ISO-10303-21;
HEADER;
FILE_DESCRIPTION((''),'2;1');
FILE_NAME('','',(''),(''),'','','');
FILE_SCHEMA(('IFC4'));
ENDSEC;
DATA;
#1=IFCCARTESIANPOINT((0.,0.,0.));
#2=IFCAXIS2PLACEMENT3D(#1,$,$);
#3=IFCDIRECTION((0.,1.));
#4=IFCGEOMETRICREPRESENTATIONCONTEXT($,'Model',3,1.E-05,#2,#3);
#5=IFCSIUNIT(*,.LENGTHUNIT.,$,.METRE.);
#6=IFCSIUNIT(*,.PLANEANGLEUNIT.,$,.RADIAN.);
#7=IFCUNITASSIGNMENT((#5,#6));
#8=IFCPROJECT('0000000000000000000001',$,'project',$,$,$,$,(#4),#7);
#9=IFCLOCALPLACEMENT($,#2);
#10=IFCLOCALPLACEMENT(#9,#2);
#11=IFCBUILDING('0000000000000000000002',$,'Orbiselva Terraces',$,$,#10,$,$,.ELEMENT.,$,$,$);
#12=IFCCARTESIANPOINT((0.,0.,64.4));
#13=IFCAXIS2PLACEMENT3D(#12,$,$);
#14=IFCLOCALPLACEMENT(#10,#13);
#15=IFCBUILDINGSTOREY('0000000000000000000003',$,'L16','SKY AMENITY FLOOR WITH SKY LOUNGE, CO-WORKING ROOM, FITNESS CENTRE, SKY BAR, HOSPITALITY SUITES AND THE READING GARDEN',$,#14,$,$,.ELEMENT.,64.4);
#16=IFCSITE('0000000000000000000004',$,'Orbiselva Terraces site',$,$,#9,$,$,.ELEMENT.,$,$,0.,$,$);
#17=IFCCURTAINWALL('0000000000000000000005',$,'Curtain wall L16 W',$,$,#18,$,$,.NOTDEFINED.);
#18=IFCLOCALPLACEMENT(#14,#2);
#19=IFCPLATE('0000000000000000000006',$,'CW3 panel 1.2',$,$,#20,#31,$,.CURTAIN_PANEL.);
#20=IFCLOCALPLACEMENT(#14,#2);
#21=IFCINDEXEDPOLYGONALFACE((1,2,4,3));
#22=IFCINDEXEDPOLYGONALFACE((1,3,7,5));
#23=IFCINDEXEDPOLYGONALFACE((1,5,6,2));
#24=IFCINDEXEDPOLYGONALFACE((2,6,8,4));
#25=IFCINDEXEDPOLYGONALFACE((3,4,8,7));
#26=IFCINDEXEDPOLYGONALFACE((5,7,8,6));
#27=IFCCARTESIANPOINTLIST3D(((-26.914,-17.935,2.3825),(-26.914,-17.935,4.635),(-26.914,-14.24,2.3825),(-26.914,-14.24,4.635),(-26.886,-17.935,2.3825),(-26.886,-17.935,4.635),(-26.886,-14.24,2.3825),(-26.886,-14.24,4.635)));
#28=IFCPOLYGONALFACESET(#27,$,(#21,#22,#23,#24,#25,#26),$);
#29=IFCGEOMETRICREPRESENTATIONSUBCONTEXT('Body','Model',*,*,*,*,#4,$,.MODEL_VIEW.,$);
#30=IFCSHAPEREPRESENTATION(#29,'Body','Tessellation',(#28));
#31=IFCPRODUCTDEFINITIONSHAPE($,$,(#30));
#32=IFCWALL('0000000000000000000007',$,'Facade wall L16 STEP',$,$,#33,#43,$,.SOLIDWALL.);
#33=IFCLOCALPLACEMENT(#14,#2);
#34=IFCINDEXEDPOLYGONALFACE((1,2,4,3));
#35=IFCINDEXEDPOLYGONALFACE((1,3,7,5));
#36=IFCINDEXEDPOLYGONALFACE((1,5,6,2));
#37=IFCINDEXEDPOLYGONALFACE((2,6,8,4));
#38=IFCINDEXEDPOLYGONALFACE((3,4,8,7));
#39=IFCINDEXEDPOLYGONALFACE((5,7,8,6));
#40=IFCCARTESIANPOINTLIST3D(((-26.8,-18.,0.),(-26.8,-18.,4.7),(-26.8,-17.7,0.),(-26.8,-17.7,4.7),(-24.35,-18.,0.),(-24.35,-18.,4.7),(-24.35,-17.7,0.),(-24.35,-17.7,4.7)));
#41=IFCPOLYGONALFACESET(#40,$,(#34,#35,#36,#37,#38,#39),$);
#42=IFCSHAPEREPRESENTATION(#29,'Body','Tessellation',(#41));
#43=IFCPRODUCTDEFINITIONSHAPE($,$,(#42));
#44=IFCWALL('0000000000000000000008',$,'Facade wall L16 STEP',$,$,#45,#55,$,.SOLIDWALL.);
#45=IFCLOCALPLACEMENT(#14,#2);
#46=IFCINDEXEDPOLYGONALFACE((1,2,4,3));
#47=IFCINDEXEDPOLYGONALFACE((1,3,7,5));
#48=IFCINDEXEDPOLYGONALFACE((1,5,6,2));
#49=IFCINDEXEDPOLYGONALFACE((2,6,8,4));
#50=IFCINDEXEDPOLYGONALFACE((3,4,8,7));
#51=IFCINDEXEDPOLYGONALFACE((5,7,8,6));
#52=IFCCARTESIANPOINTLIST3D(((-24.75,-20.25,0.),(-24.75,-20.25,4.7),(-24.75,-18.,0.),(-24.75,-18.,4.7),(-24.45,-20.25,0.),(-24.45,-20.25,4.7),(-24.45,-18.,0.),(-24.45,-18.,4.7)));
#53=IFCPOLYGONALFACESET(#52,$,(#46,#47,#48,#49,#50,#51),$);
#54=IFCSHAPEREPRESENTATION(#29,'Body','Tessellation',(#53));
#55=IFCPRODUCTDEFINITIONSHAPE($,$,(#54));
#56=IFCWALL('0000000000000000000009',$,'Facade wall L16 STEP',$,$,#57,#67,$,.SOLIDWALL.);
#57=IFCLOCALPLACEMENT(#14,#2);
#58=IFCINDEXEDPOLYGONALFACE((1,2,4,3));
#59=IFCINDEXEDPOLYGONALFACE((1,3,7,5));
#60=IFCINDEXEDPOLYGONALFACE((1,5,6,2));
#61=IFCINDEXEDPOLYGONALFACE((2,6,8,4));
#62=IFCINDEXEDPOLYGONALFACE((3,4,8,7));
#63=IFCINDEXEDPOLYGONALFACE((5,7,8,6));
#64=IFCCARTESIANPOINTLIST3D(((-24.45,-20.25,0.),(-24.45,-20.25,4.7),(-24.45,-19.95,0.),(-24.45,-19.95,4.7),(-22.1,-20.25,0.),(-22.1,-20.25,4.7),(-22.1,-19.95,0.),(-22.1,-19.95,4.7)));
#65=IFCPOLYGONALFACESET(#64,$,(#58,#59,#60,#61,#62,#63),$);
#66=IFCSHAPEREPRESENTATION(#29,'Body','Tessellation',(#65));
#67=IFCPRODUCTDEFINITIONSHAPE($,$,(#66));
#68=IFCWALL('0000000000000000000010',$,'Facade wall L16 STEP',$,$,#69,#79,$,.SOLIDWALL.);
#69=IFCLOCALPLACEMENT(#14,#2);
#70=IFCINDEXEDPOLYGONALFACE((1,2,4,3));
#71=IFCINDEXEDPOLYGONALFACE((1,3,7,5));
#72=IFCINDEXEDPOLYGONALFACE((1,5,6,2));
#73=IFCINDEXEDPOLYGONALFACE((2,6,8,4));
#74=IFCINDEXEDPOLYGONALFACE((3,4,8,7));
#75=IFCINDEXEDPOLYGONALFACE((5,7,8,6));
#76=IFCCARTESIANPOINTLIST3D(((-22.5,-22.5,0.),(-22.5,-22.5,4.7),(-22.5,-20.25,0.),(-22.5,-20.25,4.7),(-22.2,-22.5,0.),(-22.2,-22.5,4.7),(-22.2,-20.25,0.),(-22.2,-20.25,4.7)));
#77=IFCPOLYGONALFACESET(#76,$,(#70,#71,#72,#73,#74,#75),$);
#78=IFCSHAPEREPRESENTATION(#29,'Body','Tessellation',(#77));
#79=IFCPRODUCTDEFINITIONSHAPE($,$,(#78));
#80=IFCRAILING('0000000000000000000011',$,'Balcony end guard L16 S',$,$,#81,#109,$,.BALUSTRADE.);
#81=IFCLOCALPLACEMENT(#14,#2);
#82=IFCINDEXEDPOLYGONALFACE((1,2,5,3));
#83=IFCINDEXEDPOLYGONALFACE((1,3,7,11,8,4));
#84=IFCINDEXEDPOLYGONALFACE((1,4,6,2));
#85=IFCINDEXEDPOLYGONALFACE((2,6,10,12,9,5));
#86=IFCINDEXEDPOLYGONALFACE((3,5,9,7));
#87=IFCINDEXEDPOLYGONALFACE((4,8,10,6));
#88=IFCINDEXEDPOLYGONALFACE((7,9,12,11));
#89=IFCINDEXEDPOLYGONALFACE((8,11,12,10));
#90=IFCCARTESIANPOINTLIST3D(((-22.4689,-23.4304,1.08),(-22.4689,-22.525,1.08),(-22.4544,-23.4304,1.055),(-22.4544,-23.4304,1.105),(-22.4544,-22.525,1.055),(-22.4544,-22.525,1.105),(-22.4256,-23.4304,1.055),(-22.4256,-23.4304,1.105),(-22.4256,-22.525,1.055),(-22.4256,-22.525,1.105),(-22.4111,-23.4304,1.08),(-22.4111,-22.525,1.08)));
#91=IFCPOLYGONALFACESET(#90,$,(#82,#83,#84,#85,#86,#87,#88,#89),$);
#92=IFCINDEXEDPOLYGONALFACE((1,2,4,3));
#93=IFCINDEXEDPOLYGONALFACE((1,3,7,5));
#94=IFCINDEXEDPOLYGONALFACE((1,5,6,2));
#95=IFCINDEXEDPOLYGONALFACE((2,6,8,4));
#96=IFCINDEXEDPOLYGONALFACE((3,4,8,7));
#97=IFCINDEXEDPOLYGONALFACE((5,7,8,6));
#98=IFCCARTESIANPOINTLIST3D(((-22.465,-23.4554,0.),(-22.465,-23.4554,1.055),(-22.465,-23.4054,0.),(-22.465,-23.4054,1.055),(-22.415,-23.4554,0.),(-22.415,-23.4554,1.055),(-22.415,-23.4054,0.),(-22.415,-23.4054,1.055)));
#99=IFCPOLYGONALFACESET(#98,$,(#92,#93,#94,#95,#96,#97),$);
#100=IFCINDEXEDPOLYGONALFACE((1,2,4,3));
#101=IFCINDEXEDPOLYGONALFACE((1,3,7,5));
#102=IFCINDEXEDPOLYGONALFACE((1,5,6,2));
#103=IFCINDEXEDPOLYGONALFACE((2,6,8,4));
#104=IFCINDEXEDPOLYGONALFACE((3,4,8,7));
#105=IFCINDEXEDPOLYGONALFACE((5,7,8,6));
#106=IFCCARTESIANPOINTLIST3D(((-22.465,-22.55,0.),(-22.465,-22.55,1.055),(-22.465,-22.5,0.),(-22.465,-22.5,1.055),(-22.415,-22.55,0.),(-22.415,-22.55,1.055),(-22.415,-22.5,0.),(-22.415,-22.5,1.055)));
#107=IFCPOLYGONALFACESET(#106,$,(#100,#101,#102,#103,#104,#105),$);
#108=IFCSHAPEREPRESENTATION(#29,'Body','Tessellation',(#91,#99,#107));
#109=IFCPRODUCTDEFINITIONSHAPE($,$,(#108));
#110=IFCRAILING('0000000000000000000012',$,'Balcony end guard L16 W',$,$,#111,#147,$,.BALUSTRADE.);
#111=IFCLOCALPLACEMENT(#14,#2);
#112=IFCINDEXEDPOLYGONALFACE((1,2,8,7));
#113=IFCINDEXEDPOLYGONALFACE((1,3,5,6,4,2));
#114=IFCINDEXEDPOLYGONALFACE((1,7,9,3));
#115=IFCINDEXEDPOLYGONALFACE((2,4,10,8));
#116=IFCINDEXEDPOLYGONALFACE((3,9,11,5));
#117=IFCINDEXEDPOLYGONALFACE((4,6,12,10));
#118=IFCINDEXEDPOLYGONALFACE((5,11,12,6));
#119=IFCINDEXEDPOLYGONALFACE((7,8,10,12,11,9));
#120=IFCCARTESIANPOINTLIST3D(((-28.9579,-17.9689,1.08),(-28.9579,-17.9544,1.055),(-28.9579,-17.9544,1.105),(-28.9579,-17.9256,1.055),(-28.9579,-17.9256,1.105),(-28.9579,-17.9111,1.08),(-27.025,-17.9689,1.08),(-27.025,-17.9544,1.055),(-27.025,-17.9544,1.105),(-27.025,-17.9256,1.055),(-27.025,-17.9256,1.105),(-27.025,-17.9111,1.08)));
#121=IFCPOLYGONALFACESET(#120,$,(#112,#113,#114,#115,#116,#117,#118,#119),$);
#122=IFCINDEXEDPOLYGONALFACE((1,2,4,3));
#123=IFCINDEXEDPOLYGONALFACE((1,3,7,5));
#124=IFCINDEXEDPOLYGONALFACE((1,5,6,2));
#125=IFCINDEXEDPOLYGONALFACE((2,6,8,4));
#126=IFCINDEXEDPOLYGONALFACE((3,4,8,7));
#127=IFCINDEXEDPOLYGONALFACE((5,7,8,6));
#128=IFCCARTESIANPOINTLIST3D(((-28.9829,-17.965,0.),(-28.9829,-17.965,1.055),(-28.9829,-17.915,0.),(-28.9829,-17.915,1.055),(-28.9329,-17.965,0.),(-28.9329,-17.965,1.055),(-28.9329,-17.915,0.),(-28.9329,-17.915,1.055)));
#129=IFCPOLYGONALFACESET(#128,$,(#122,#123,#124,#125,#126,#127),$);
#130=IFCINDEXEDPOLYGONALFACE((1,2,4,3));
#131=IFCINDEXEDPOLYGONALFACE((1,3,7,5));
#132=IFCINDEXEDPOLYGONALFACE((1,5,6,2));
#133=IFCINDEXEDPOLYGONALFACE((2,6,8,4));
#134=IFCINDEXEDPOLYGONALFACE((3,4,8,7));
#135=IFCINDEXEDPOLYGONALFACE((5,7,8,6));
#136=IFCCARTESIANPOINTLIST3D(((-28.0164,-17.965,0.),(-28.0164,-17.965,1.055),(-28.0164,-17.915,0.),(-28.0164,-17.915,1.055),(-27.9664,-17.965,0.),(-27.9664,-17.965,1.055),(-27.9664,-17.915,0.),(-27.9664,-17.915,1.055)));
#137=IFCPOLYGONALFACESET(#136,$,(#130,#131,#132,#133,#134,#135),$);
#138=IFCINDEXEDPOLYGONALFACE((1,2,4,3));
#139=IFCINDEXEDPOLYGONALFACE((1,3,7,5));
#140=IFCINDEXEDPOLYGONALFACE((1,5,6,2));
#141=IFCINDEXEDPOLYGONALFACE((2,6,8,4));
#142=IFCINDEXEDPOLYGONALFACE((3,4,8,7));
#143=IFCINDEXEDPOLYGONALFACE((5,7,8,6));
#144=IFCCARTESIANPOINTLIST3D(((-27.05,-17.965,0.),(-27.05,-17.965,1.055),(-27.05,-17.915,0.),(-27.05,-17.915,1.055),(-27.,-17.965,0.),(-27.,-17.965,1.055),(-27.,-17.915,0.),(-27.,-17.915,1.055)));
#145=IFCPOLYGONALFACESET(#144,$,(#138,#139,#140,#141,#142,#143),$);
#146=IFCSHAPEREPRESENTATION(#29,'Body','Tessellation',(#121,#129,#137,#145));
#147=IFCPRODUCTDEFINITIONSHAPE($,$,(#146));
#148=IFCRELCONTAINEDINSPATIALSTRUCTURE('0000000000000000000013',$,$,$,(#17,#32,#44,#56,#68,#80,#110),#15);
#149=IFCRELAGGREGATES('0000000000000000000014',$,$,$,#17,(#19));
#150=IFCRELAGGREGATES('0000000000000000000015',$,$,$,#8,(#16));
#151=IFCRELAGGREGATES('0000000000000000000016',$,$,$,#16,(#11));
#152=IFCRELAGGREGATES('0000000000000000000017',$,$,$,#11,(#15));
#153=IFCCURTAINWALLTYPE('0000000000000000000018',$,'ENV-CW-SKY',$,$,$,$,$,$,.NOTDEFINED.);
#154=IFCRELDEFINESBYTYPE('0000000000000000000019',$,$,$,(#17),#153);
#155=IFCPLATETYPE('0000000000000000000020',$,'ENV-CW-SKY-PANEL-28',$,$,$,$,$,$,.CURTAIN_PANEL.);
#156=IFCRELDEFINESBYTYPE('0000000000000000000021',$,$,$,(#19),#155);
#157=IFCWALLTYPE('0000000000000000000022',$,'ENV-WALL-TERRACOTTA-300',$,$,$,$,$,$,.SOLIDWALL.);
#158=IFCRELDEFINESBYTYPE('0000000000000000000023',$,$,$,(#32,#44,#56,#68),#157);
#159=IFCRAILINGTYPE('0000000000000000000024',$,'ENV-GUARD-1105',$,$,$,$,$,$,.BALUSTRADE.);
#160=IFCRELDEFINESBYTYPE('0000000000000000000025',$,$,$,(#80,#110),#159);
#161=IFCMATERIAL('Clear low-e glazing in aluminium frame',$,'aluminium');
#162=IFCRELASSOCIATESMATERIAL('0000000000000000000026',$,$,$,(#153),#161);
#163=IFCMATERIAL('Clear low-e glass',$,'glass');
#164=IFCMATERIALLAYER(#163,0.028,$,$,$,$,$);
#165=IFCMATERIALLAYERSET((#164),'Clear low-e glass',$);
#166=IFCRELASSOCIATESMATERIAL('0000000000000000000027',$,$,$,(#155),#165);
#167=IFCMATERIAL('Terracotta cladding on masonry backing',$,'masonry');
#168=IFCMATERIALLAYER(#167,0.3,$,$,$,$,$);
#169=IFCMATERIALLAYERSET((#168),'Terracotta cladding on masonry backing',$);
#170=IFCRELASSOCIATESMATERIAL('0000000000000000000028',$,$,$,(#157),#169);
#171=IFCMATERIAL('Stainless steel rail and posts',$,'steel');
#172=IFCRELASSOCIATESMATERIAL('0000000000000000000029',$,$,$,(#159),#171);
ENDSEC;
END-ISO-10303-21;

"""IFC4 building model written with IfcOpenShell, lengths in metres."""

from ifc_helpers import new_model, si_unit, direction, frame, frame_2d, origin, origin_2d, place, context, subcontext, project, spatial, polyline, rectangle, outline, extrude, material, layer, layer_set, type_object, element, aggregate, save


model = new_model("IFC4")

# Units and contexts
model_context = context("Model", 3, precision=1e-05, world=origin(), true_north=direction((0.0, 1.0)))
body_context = subcontext(model_context, "Body", "Model", "MODEL_VIEW")
ifc_project = project(units=[si_unit("LENGTHUNIT", "METRE"), si_unit("PLANEANGLEUNIT", "RADIAN")], contexts=[model_context])

# Site, building, storey
site_placement = place(None, origin())
site = spatial("IfcSite", under=ifc_project, at=site_placement, Name="Orbiselva Terraces site", CompositionType="ELEMENT", RefElevation=0.0)
building_placement = place(site_placement, origin())
building = spatial("IfcBuilding", under=site, at=building_placement, Name="Orbiselva Terraces", CompositionType="ELEMENT")
storey_placement = place(building_placement, frame((0.0, 0.0, 64.4)))
storey = spatial("IfcBuildingStorey", under=building, at=storey_placement, Name="L16", Description="SKY AMENITY FLOOR WITH SKY LOUNGE, CO-WORKING ROOM, FITNESS CENTRE, SKY BAR, HOSPITALITY SUITES AND THE READING GARDEN", CompositionType="ELEMENT", Elevation=64.4)

# Shared definitions
ifc_material_1 = material(Name="Clear low-e glazing in aluminium frame", Category="aluminium")
curtain_wall_type = type_object("IfcCurtainWallType", Name="ENV-CW-SKY", PredefinedType="NOTDEFINED", material=ifc_material_1)

# Curtain wall
curtain_wall_1_placement = place(storey_placement, origin())
curtain_wall_1 = element("IfcCurtainWall", 1, at=curtain_wall_1_placement, inside=storey, type_object=curtain_wall_type, Name="Curtain wall L16 W", PredefinedType="NOTDEFINED")

# Plate
ifc_material_2 = material(Name="Clear low-e glass", Category="glass")
ifc_layer_1 = layer(ifc_material_2, 0.028)
ifc_layer_set_1 = layer_set([ifc_layer_1], Name="Clear low-e glass")
plate_type = type_object("IfcPlateType", Name="ENV-CW-SKY-PANEL-28", PredefinedType="CURTAIN_PANEL", material=ifc_layer_set_1)
plate_1_placement = place(storey_placement, frame((-26.9, -16.0875, 2.3825), z_axis=(0.0, 0.0, 1.0), x_axis=(0.0, -1.0, 0.0)))
plate_1 = element("IfcPlate", 2, at=plate_1_placement, type_object=plate_type, Name="CW3 panel 1.2", PredefinedType="CURTAIN_PANEL", context=body_context, shape_type="SweptSolid", body=[
    extrude(rectangle(XDim=3.695, YDim=0.028, at=origin_2d()), origin(), (0.0, 0.0, 1.0), 2.2525),
])
aggregate(curtain_wall_1, [plate_1])

# Walls
ifc_material_3 = material(Name="Terracotta cladding on masonry backing", Category="masonry")
ifc_layer_2 = layer(ifc_material_3, 0.3)
ifc_layer_set_2 = layer_set([ifc_layer_2], Name="Terracotta cladding on masonry backing")
wall_type = type_object("IfcWallType", Name="ENV-WALL-TERRACOTTA-300", PredefinedType="SOLIDWALL", material=ifc_layer_set_2)
wall_1_placement = place(storey_placement, frame((-24.35, -17.85, 0.0), z_axis=(0.0, 0.0, 1.0), x_axis=(-1.0, 0.0, 0.0)))
element("IfcWall", 3, at=wall_1_placement, inside=storey, type_object=wall_type, Name="Facade wall L16 STEP", PredefinedType="SOLIDWALL", context=body_context, shape_type="SweptSolid", body=[
    extrude(rectangle(XDim=2.45, YDim=0.3, at=frame_2d((1.225, 0.0))), origin(), (0.0, 0.0, 1.0), 4.7),
])
wall_2_placement = place(storey_placement, frame((-24.6, -20.25, 0.0), z_axis=(0.0, 0.0, 1.0), x_axis=(0.0, 1.0, 0.0)))
element("IfcWall", 4, at=wall_2_placement, inside=storey, type_object=wall_type, Name="Facade wall L16 STEP", PredefinedType="SOLIDWALL", context=body_context, shape_type="SweptSolid", body=[
    extrude(rectangle(XDim=2.25, YDim=0.3, at=frame_2d((1.125, 0.0))), origin(), (0.0, 0.0, 1.0), 4.7),
])
wall_3_placement = place(storey_placement, frame((-22.1, -20.1, 0.0), z_axis=(0.0, 0.0, 1.0), x_axis=(-1.0, 0.0, 0.0)))
element("IfcWall", 5, at=wall_3_placement, inside=storey, type_object=wall_type, Name="Facade wall L16 STEP", PredefinedType="SOLIDWALL", context=body_context, shape_type="SweptSolid", body=[
    extrude(rectangle(XDim=2.35, YDim=0.3, at=frame_2d((1.175, 0.0))), origin(), (0.0, 0.0, 1.0), 4.7),
])
wall_4_placement = place(storey_placement, frame((-22.35, -22.5, 0.0), z_axis=(0.0, 0.0, 1.0), x_axis=(0.0, 1.0, 0.0)))
element("IfcWall", 6, at=wall_4_placement, inside=storey, type_object=wall_type, Name="Facade wall L16 STEP", PredefinedType="SOLIDWALL", context=body_context, shape_type="SweptSolid", body=[
    extrude(rectangle(XDim=2.25, YDim=0.3, at=frame_2d((1.125, 0.0))), origin(), (0.0, 0.0, 1.0), 4.7),
])

# Railings
ifc_material_4 = material(Name="Stainless steel rail and posts", Category="steel")
railing_type_1 = type_object("IfcRailingType", Name="ENV-GUARD-1105", PredefinedType="BALUSTRADE", material=ifc_material_4)
railing_1_placement = place(storey_placement, frame((-22.44, -23.4304, 0.0)))
element("IfcRailing", 7, at=railing_1_placement, inside=storey, type_object=railing_type_1, Name="Balcony end guard L16 S", PredefinedType="BALUSTRADE", context=body_context, shape_type="SweptSolid", body=[
    extrude(outline(polyline([(0.0289, 0.0), (0.0144, 0.025), (-0.0144, 0.025), (-0.0289, 0.0), (-0.0144, -0.025), (0.0144, -0.025), (0.0289, 0.0)])), frame((0.0, 0.0, 1.08), z_axis=(0.0, 1.0, 0.0), x_axis=(-1.0, 0.0, 0.0)), (0.0, 0.0, 1.0), 0.9054),
    extrude(rectangle(XDim=0.05, YDim=0.05, at=origin_2d()), origin(), (0.0, 0.0, 1.0), 1.055),
    extrude(rectangle(XDim=0.05, YDim=0.05, at=origin_2d()), frame((0.0, 0.9054, 0.0)), (0.0, 0.0, 1.0), 1.055),
])
railing_2_placement = place(storey_placement, frame((-28.9579, -17.94, 0.0)))
element("IfcRailing", 8, at=railing_2_placement, inside=storey, type_object=railing_type_1, Name="Balcony end guard L16 W", PredefinedType="BALUSTRADE", context=body_context, shape_type="SweptSolid", body=[
    extrude(outline(polyline([(0.0289, 0.0), (0.0144, 0.025), (-0.0144, 0.025), (-0.0289, 0.0), (-0.0144, -0.025), (0.0144, -0.025), (0.0289, 0.0)])), frame((0.0, 0.0, 1.08), z_axis=(1.0, 0.0, 0.0), x_axis=(0.0, 1.0, 0.0)), (0.0, 0.0, 1.0), 1.9329),
    extrude(rectangle(XDim=0.05, YDim=0.05, at=origin_2d()), origin(), (0.0, 0.0, 1.0), 1.055),
    extrude(rectangle(XDim=0.05, YDim=0.05, at=origin_2d()), frame((0.9664, 0.0, 0.0)), (0.0, 0.0, 1.0), 1.055),
    extrude(rectangle(XDim=0.05, YDim=0.05, at=origin_2d()), frame((1.9329, 0.0, 0.0)), (0.0, 0.0, 1.0), 1.055),
])

save(model, "model.ifc")
